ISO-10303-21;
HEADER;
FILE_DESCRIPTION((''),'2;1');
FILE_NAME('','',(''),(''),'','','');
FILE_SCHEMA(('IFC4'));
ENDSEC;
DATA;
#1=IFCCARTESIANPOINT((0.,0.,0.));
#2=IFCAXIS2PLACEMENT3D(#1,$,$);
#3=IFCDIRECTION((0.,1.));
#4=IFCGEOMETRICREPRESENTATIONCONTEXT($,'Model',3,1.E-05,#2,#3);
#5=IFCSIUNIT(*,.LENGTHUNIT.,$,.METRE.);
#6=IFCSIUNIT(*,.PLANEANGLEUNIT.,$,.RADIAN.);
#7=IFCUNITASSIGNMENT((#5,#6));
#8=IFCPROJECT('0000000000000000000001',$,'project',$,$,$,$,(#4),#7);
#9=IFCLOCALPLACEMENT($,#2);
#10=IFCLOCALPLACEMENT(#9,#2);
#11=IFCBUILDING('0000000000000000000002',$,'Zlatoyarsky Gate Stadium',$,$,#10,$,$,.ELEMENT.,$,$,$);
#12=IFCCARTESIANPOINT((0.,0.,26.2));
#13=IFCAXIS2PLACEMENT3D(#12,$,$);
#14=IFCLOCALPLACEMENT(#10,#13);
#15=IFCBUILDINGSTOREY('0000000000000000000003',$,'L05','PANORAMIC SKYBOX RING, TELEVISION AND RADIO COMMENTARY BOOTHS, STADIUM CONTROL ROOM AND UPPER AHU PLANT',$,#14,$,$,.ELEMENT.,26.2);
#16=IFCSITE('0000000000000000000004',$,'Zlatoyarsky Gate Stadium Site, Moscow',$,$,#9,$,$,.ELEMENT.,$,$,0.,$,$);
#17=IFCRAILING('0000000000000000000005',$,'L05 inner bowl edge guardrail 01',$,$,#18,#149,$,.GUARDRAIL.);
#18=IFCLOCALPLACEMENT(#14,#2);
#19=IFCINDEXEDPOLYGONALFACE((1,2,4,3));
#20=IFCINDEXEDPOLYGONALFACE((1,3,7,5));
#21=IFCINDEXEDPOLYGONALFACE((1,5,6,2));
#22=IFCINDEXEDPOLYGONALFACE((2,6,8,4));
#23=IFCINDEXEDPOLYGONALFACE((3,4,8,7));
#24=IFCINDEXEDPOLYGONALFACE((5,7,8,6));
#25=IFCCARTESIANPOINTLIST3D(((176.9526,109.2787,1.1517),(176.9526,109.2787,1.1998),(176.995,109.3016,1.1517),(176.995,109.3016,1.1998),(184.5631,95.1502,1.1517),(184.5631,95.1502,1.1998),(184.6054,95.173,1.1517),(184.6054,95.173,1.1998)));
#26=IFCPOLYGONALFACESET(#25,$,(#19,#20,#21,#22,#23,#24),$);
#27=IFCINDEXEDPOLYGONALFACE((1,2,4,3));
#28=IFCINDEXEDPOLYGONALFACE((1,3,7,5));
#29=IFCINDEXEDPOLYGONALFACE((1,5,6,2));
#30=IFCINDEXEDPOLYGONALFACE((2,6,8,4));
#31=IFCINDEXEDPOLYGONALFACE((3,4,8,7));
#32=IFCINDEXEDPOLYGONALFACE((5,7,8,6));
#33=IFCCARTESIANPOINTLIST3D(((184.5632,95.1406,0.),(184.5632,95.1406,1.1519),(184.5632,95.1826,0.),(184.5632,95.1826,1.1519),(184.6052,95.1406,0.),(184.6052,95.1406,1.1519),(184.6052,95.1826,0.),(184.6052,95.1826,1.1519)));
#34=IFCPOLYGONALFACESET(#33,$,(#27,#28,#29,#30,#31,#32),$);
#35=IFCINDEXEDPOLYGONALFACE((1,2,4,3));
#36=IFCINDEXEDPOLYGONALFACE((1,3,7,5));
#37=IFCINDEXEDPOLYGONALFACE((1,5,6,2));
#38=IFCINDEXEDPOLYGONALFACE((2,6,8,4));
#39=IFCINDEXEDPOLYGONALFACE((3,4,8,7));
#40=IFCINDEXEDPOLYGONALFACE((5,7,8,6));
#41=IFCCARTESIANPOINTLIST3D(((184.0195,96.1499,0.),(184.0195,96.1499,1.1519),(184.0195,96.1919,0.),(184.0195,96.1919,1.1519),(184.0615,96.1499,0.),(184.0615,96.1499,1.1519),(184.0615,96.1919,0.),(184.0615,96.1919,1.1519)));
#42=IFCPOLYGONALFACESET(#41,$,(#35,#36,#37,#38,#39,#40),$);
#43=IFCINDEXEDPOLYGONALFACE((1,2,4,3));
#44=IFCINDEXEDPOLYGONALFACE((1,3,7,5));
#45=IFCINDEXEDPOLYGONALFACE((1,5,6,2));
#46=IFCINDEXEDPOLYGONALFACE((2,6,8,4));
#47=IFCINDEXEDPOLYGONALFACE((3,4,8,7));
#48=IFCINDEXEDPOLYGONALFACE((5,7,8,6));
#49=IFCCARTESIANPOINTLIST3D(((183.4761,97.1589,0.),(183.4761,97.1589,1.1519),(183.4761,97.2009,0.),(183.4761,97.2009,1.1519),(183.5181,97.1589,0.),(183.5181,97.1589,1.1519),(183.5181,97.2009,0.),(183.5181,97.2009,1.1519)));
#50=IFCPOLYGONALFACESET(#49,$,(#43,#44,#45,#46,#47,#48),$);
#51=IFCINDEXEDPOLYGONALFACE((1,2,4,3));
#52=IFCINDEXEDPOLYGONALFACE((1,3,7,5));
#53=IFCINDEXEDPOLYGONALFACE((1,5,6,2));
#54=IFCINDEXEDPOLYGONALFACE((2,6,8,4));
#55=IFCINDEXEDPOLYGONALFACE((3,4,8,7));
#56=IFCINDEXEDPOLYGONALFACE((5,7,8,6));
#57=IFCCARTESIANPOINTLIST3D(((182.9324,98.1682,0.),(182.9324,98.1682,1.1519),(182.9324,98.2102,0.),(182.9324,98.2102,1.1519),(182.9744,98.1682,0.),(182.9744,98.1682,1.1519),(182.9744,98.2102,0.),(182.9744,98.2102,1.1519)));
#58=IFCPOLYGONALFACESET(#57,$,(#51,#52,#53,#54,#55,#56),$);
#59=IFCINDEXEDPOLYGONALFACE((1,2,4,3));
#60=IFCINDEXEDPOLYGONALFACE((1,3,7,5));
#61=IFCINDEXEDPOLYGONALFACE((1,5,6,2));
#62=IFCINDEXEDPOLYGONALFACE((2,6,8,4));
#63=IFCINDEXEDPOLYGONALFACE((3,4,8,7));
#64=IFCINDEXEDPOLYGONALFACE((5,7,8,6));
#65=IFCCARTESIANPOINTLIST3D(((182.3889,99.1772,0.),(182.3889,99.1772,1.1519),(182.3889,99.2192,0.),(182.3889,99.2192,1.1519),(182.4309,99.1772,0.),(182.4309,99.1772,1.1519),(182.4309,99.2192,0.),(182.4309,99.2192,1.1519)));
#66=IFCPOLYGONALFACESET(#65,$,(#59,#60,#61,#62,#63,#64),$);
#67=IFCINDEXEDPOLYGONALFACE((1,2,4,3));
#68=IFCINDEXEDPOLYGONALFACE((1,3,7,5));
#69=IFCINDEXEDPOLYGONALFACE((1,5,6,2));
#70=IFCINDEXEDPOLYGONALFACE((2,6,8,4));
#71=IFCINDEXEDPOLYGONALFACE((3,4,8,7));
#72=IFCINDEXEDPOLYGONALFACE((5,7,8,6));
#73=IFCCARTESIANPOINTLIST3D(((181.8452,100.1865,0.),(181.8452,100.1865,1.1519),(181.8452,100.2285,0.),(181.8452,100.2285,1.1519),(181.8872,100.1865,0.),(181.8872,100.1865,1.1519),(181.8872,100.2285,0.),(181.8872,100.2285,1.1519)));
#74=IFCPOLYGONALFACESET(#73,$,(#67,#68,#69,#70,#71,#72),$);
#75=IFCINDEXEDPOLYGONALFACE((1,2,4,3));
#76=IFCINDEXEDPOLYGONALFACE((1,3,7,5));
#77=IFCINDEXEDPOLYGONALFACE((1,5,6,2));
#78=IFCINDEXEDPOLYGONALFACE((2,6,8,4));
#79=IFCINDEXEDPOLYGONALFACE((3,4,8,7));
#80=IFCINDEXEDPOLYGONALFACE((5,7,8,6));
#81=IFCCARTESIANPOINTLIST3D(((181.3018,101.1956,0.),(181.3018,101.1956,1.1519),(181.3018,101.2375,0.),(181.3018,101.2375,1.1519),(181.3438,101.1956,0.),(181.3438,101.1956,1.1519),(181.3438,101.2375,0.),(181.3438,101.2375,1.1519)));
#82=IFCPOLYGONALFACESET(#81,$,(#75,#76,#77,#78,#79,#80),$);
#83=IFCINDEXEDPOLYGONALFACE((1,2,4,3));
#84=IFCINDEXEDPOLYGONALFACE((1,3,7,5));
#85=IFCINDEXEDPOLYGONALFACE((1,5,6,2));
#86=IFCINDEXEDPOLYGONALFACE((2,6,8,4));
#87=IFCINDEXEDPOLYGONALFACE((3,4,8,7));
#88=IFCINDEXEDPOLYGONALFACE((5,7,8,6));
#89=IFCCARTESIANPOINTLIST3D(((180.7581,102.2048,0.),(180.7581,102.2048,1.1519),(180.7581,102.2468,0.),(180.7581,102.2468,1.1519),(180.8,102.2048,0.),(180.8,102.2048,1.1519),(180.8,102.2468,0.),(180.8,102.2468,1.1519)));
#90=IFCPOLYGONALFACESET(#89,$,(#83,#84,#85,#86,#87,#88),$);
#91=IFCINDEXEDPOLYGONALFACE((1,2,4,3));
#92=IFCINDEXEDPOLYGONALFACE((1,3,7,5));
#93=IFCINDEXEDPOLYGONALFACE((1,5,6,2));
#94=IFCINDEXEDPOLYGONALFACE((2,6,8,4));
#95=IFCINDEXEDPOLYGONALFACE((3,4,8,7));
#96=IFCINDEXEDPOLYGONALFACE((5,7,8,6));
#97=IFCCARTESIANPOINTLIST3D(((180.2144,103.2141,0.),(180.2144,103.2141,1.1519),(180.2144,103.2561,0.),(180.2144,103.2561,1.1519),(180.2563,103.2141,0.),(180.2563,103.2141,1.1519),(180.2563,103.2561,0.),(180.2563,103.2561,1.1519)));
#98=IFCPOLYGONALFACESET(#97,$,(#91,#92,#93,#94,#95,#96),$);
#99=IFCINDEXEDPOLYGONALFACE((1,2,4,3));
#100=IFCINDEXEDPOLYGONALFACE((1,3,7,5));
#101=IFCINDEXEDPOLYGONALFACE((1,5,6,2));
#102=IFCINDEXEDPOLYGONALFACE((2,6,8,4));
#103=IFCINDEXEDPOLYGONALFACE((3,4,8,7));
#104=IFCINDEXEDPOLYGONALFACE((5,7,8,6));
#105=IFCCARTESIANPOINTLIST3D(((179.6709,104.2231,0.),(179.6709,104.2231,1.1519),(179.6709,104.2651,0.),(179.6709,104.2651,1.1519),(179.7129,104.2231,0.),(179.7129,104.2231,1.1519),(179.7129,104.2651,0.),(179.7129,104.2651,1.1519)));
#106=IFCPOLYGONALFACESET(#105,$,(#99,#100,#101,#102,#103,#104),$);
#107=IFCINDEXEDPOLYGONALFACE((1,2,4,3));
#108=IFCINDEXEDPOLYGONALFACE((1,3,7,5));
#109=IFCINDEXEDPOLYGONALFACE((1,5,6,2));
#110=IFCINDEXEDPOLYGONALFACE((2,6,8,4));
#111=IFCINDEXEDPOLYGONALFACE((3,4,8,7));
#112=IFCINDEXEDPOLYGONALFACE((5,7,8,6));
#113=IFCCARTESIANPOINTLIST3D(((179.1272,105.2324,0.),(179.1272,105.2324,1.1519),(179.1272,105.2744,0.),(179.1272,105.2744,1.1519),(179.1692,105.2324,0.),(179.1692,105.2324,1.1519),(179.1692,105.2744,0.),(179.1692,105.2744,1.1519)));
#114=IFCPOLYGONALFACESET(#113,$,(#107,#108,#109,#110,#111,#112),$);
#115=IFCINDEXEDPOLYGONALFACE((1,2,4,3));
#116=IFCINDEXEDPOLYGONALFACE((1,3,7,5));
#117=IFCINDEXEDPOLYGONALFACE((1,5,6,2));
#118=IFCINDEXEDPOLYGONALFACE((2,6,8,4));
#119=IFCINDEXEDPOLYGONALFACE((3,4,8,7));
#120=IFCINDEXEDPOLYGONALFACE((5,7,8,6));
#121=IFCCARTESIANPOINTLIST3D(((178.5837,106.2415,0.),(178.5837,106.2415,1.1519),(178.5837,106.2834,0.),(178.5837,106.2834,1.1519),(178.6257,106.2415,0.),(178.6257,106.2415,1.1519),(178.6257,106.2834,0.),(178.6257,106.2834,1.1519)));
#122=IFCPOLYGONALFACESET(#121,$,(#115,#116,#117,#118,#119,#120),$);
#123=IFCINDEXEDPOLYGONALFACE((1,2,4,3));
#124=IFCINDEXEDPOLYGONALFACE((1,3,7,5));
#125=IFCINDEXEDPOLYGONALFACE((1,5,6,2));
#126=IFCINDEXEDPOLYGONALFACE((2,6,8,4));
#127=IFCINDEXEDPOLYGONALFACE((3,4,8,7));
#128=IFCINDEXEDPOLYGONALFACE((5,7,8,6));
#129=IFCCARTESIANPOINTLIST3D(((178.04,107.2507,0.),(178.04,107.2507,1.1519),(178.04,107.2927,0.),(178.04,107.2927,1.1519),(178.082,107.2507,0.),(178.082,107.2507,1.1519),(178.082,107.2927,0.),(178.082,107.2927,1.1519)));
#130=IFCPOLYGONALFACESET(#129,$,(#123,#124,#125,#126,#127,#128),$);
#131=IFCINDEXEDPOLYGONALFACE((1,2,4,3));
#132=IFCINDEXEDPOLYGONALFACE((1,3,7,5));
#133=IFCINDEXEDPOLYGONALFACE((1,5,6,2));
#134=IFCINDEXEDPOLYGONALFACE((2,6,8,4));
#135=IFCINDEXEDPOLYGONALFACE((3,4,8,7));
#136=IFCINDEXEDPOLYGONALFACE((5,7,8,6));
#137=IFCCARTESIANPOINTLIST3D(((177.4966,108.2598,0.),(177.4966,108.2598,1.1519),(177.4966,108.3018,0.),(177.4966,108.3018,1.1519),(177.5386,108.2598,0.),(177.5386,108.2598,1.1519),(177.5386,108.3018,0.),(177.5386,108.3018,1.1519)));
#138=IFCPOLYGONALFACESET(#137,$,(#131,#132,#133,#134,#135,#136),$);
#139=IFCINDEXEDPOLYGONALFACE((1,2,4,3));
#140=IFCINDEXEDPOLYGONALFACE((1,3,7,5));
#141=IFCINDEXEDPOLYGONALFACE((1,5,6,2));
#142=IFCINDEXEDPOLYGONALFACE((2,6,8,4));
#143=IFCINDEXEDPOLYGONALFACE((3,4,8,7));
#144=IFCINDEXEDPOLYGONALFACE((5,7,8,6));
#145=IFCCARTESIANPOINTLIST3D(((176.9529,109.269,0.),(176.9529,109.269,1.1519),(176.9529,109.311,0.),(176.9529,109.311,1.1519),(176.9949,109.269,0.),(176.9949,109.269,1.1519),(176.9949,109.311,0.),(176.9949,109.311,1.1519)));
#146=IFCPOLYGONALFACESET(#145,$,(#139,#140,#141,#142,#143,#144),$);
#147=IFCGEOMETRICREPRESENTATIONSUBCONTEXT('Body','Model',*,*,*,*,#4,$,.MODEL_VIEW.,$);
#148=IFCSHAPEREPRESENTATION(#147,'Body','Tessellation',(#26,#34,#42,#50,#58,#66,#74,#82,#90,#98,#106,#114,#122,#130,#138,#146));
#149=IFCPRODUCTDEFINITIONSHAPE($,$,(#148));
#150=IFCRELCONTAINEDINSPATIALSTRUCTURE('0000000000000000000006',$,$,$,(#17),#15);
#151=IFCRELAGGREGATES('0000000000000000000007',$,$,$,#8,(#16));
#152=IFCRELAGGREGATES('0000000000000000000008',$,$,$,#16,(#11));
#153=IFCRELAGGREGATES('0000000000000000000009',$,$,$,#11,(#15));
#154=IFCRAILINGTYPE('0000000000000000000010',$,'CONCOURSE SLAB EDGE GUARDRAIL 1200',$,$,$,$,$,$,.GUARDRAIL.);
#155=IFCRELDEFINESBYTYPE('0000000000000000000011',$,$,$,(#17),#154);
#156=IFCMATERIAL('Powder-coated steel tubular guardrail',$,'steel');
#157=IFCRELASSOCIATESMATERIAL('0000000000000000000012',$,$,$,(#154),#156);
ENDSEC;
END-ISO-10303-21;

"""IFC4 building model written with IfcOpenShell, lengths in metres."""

from ifc_helpers import new_model, si_unit, direction, frame, origin, origin_2d, place, context, subcontext, project, spatial, rectangle, extrude, material, type_object, element, save


model = new_model("IFC4")

# Units and contexts
model_context = context("Model", 3, precision=1e-05, world=origin(), true_north=direction((0.0, 1.0)))
body_context = subcontext(model_context, "Body", "Model", "MODEL_VIEW")
ifc_project = project(units=[si_unit("LENGTHUNIT", "METRE"), si_unit("PLANEANGLEUNIT", "RADIAN")], contexts=[model_context])

# Site, building, storey
site_placement = place(None, origin())
site = spatial("IfcSite", under=ifc_project, at=site_placement, Name="Zlatoyarsky Gate Stadium Site, Moscow", CompositionType="ELEMENT", RefElevation=0.0)
building_placement = place(site_placement, origin())
building = spatial("IfcBuilding", under=site, at=building_placement, Name="Zlatoyarsky Gate Stadium", CompositionType="ELEMENT")
storey_placement = place(building_placement, frame((0.0, 0.0, 26.2)))
storey = spatial("IfcBuildingStorey", under=building, at=storey_placement, Name="L05", Description="PANORAMIC SKYBOX RING, TELEVISION AND RADIO COMMENTARY BOOTHS, STADIUM CONTROL ROOM AND UPPER AHU PLANT", CompositionType="ELEMENT", Elevation=26.2)

# Railing
ifc_material_1 = material(Name="Powder-coated steel tubular guardrail", Category="steel")
railing_type = type_object("IfcRailingType", Name="CONCOURSE SLAB EDGE GUARDRAIL 1200", PredefinedType="GUARDRAIL", material=ifc_material_1)
railing_1_placement = place(storey_placement, frame((184.5842, 95.1616, 0.0)))
element("IfcRailing", 1, at=railing_1_placement, inside=storey, type_object=railing_type, Name="L05 inner bowl edge guardrail 01", PredefinedType="GUARDRAIL", context=body_context, shape_type="SweptSolid", body=[
    extrude(rectangle(XDim=0.0481, YDim=0.0481, at=origin_2d()), frame((0.0, 0.0, 1.1758), z_axis=(-0.474232, 0.8804, 0.0), x_axis=(-0.8804, -0.474232, 0.0)), (0.0, 0.0, 1.0), 16.0479),
    extrude(rectangle(XDim=0.042, YDim=0.042, at=origin_2d()), origin(), (0.0, 0.0, 1.0), 1.1519),
    extrude(rectangle(XDim=0.042, YDim=0.042, at=origin_2d()), frame((-0.5437, 1.0093, 0.0)), (0.0, 0.0, 1.0), 1.1519),
    extrude(rectangle(XDim=0.042, YDim=0.042, at=origin_2d()), frame((-1.0872, 2.0183, 0.0)), (0.0, 0.0, 1.0), 1.1519),
    extrude(rectangle(XDim=0.042, YDim=0.042, at=origin_2d()), frame((-1.6309, 3.0276, 0.0)), (0.0, 0.0, 1.0), 1.1519),
    extrude(rectangle(XDim=0.042, YDim=0.042, at=origin_2d()), frame((-2.1743, 4.0366, 0.0)), (0.0, 0.0, 1.0), 1.1519),
    extrude(rectangle(XDim=0.042, YDim=0.042, at=origin_2d()), frame((-2.718, 5.0459, 0.0)), (0.0, 0.0, 1.0), 1.1519),
    extrude(rectangle(XDim=0.042, YDim=0.042, at=origin_2d()), frame((-3.2615, 6.0549, 0.0)), (0.0, 0.0, 1.0), 1.1519),
    extrude(rectangle(XDim=0.042, YDim=0.042, at=origin_2d()), frame((-3.8052, 7.0642, 0.0)), (0.0, 0.0, 1.0), 1.1519),
    extrude(rectangle(XDim=0.042, YDim=0.042, at=origin_2d()), frame((-4.3489, 8.0735, 0.0)), (0.0, 0.0, 1.0), 1.1519),
    extrude(rectangle(XDim=0.042, YDim=0.042, at=origin_2d()), frame((-4.8923, 9.0825, 0.0)), (0.0, 0.0, 1.0), 1.1519),
    extrude(rectangle(XDim=0.042, YDim=0.042, at=origin_2d()), frame((-5.436, 10.0918, 0.0)), (0.0, 0.0, 1.0), 1.1519),
    extrude(rectangle(XDim=0.042, YDim=0.042, at=origin_2d()), frame((-5.9795, 11.1008, 0.0)), (0.0, 0.0, 1.0), 1.1519),
    extrude(rectangle(XDim=0.042, YDim=0.042, at=origin_2d()), frame((-6.5232, 12.1101, 0.0)), (0.0, 0.0, 1.0), 1.1519),
    extrude(rectangle(XDim=0.042, YDim=0.042, at=origin_2d()), frame((-7.0667, 13.1191, 0.0)), (0.0, 0.0, 1.0), 1.1519),
    extrude(rectangle(XDim=0.042, YDim=0.042, at=origin_2d()), frame((-7.6104, 14.1284, 0.0)), (0.0, 0.0, 1.0), 1.1519),
])

save(model, "model.ifc")
